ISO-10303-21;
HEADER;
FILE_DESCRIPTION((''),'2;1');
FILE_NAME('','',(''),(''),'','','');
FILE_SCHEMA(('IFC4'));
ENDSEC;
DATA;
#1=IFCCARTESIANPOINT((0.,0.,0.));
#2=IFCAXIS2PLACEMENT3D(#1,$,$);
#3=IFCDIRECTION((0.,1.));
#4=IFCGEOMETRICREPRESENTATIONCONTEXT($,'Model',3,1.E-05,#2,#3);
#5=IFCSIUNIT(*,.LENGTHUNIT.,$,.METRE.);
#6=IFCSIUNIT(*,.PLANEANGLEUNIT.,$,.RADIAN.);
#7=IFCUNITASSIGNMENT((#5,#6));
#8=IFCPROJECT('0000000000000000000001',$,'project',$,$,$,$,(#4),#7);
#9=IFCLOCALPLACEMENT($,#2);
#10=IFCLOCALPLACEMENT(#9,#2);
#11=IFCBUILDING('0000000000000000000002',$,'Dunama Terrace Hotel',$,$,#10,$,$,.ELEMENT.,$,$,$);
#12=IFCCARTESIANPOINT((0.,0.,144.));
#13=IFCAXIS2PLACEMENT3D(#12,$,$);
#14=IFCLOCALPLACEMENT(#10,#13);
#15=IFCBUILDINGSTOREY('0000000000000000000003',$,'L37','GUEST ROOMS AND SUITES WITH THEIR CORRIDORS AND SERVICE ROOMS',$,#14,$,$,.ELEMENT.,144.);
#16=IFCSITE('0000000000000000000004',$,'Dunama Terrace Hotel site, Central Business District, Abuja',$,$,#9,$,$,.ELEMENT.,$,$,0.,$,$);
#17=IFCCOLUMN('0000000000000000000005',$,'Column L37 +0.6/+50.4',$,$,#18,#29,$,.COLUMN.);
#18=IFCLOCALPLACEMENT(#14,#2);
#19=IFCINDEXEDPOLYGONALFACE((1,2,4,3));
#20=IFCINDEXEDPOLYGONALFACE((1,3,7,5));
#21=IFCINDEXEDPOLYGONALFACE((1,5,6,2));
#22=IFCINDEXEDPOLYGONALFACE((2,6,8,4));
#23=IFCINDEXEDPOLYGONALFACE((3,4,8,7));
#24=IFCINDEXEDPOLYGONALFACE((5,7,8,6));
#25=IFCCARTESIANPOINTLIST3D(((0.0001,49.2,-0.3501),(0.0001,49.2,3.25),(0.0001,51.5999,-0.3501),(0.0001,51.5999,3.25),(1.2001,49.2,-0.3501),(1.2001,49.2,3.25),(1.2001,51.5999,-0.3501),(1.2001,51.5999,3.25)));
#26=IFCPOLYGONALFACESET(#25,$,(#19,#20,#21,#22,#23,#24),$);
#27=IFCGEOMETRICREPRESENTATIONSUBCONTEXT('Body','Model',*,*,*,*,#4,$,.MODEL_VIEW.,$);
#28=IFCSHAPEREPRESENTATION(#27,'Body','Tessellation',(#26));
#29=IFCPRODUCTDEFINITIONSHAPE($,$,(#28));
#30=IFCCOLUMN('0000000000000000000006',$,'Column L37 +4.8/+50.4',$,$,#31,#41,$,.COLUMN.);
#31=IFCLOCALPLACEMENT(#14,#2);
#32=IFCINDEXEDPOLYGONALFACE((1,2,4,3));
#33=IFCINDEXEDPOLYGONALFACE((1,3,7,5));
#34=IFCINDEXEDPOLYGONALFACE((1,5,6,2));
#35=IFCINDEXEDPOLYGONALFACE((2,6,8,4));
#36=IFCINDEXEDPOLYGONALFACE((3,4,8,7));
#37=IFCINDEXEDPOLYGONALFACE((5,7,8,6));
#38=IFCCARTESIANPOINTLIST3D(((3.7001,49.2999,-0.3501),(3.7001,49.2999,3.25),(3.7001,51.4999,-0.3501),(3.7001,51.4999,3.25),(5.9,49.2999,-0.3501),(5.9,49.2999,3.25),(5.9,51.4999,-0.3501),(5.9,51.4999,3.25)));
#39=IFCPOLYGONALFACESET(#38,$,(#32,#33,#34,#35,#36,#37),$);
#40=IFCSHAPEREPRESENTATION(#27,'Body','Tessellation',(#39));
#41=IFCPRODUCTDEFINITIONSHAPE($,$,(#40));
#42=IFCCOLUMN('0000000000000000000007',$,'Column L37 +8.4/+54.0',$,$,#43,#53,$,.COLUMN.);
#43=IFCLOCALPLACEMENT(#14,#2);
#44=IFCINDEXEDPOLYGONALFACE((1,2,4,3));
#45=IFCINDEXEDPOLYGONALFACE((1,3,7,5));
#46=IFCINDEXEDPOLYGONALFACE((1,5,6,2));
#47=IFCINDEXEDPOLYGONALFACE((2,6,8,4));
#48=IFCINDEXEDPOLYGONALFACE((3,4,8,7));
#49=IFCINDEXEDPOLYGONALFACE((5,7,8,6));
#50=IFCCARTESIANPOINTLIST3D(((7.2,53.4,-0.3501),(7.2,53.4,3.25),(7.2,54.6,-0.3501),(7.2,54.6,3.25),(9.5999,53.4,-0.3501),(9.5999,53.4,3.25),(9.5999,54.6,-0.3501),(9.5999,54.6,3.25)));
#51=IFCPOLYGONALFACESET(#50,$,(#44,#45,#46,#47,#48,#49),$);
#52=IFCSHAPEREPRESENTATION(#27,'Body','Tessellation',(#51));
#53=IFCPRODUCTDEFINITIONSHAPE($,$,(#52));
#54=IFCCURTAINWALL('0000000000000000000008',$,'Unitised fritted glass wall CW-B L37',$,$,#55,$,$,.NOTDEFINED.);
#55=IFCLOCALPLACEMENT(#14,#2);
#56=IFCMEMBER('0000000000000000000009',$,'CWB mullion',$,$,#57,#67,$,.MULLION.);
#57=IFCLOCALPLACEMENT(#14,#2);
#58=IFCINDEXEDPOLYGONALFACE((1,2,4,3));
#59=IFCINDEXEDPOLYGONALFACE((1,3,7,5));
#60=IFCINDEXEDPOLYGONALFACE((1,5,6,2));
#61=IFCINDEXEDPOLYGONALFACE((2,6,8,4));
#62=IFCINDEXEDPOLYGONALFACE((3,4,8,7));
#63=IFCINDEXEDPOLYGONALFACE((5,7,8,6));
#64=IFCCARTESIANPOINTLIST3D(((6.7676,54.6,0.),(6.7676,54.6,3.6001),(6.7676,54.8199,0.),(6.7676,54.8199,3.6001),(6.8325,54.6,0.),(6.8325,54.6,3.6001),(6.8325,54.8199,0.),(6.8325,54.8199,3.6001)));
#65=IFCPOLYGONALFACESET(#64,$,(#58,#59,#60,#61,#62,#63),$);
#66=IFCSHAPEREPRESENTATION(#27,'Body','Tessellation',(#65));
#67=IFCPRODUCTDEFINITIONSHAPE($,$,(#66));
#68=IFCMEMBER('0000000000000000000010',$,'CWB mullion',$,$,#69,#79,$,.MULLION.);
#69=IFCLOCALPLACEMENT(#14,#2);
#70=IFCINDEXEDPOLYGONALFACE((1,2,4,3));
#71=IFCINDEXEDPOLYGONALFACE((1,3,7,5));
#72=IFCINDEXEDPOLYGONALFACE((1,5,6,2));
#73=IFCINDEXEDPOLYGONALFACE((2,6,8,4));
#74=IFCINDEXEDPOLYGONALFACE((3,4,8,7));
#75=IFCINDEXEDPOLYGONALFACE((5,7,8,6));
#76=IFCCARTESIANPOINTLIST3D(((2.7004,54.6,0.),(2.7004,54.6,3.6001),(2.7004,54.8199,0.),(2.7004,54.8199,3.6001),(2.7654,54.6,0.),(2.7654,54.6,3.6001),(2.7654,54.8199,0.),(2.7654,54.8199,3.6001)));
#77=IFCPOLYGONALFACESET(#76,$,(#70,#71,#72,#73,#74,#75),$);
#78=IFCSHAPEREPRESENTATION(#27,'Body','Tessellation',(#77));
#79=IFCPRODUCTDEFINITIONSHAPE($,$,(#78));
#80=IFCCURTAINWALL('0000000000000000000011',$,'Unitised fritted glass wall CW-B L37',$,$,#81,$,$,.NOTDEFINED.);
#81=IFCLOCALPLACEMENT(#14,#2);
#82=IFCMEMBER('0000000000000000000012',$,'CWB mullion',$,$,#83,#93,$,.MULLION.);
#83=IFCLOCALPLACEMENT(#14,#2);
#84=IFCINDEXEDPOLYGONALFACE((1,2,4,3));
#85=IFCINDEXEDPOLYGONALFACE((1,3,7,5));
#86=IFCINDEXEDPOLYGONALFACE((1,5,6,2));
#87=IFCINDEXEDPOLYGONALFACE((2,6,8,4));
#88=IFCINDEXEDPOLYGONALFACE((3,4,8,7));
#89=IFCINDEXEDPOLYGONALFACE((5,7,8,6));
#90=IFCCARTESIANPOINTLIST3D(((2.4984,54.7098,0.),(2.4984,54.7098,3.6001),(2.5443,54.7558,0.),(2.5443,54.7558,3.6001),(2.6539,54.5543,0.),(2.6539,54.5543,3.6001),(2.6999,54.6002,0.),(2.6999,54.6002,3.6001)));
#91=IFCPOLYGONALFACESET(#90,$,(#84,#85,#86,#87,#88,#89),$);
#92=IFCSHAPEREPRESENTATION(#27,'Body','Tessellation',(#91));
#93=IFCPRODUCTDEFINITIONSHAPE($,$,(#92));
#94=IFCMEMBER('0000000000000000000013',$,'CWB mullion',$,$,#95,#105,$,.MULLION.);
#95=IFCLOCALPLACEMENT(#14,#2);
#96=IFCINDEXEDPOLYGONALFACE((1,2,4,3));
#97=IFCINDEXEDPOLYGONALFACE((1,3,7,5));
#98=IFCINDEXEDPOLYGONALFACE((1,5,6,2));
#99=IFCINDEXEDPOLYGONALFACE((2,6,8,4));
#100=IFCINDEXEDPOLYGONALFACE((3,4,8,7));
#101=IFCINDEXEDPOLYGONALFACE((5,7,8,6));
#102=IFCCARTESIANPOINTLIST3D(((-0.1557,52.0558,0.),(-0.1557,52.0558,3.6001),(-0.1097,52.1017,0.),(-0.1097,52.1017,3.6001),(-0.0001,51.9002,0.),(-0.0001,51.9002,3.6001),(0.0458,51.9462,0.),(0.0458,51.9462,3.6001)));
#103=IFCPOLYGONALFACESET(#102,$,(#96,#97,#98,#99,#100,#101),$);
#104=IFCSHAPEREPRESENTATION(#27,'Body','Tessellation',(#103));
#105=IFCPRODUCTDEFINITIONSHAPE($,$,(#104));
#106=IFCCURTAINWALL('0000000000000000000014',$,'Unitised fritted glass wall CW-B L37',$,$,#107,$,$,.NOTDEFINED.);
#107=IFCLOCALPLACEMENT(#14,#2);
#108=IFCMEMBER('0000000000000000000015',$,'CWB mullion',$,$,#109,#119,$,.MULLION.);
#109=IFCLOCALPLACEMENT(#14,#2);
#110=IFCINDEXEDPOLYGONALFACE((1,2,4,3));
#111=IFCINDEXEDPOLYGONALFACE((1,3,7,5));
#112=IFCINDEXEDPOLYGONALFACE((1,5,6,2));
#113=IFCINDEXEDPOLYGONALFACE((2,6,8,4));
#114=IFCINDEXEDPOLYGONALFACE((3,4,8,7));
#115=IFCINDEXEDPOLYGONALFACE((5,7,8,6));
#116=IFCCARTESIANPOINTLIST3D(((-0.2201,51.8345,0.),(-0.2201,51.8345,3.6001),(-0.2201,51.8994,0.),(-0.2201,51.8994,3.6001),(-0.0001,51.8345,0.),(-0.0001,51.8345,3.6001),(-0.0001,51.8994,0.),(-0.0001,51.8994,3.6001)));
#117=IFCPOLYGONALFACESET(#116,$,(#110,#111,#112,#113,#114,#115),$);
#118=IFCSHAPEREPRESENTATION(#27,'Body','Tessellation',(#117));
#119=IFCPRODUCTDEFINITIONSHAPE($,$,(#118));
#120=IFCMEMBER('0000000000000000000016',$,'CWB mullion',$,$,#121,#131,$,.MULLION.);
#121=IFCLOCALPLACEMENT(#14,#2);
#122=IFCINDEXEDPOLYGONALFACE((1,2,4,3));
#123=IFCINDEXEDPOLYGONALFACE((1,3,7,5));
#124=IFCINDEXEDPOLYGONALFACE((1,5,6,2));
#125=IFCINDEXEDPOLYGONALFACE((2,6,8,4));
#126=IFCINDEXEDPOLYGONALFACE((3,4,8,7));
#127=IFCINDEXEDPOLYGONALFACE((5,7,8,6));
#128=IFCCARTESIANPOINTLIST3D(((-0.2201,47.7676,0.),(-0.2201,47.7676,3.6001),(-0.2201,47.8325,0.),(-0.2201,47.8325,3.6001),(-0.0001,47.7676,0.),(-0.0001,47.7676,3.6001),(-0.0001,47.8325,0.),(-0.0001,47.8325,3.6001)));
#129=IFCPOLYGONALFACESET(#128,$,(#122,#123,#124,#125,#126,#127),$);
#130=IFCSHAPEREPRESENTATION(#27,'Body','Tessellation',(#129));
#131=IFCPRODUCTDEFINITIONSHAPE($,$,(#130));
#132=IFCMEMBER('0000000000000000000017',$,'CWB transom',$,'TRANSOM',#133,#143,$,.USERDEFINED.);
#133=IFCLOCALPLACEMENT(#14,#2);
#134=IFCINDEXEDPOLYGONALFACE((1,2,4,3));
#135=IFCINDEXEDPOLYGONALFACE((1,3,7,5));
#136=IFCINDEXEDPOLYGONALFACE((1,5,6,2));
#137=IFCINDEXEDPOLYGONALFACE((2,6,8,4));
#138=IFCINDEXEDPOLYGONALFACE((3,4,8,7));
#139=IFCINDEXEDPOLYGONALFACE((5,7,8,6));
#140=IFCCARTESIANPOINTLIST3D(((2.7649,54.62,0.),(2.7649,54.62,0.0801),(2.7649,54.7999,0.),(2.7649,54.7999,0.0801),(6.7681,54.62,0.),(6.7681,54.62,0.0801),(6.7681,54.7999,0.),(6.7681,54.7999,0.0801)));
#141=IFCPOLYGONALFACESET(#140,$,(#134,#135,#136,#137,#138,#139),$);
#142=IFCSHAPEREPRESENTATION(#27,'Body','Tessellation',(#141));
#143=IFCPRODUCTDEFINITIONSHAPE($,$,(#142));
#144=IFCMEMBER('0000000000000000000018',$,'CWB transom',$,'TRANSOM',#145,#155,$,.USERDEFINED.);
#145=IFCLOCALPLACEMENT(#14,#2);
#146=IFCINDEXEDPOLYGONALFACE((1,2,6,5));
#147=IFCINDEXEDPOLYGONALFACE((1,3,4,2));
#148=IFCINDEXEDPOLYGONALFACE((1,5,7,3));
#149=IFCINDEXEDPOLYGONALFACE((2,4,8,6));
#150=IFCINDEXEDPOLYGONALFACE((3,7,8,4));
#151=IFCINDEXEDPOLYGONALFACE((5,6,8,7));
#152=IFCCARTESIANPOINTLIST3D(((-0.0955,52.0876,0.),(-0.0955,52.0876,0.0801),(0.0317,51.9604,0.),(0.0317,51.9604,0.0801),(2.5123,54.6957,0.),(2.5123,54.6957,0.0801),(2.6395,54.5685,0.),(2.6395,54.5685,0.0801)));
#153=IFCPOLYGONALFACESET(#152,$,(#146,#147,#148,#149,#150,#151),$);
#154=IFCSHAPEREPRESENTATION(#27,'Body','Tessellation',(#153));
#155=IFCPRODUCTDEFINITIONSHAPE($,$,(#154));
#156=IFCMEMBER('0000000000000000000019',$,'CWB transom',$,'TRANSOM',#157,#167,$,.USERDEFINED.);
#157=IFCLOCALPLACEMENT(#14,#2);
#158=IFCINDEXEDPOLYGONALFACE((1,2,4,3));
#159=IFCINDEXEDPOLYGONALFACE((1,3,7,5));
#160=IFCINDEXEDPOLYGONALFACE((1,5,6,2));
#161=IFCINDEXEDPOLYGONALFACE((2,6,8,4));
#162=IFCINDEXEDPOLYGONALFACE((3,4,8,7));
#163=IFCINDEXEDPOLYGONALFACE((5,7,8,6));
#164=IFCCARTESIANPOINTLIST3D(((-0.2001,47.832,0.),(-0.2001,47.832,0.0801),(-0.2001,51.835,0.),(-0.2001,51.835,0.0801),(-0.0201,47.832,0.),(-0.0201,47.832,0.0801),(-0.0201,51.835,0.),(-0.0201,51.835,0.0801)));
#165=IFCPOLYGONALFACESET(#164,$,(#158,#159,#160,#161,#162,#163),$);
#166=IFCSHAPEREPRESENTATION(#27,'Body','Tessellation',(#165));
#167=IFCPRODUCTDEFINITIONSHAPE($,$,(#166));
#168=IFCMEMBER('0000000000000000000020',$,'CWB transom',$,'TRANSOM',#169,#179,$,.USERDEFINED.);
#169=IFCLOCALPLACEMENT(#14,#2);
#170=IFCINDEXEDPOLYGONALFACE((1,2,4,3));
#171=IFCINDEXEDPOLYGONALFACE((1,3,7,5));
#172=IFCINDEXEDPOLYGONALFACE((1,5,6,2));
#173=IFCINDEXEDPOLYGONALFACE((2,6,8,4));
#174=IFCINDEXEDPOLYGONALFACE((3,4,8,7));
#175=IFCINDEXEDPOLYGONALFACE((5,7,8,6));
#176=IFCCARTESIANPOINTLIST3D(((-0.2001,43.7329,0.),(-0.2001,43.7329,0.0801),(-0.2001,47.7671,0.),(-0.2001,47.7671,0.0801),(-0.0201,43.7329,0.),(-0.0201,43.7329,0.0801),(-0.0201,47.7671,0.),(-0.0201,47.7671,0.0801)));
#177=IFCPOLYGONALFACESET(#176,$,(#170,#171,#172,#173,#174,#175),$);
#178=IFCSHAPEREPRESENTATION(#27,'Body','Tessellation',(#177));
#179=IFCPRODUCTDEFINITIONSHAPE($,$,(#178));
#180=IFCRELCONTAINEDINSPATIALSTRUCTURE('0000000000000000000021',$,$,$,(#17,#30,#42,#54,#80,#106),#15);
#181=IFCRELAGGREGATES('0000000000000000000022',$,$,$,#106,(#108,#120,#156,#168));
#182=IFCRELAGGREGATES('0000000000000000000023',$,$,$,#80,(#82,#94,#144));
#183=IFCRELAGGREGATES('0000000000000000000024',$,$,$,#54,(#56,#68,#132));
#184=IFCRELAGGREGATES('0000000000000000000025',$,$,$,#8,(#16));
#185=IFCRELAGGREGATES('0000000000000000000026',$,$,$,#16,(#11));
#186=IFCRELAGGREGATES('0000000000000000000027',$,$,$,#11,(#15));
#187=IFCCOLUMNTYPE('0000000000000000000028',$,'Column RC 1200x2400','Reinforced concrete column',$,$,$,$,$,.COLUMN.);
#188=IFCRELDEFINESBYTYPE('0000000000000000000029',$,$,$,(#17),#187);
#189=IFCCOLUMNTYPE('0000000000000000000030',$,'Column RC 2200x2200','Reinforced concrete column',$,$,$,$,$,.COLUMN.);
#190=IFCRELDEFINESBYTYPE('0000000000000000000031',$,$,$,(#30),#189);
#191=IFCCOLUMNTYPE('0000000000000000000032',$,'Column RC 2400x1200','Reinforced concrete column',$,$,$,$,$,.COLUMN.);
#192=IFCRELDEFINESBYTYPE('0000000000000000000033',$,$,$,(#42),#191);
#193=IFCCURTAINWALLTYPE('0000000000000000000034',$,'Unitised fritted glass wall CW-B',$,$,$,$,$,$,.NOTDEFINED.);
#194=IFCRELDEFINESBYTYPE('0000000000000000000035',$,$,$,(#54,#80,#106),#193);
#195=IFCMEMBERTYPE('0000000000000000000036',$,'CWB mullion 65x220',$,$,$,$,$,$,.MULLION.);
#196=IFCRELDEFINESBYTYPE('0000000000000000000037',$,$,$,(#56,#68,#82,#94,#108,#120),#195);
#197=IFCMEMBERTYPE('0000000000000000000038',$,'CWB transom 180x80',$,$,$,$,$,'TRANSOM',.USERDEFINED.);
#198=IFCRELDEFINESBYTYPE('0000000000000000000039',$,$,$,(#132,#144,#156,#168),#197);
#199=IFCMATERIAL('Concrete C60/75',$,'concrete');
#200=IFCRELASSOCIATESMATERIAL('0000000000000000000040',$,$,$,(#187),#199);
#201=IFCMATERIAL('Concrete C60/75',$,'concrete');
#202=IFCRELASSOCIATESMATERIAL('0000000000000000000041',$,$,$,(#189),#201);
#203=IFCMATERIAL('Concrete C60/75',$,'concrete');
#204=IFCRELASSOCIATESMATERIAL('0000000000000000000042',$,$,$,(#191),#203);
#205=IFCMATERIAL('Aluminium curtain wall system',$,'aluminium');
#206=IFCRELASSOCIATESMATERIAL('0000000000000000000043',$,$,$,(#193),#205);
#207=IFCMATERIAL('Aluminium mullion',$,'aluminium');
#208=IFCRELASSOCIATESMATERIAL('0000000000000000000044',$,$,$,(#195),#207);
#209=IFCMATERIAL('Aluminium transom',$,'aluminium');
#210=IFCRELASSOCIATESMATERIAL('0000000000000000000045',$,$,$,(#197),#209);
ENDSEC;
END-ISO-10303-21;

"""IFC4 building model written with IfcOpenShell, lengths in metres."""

from ifc_helpers import new_model, si_unit, direction, frame, origin, origin_2d, place, context, subcontext, project, spatial, rectangle, extrude, material, material_profile, profile_set, type_object, element, aggregate, save


model = new_model("IFC4")

# Units and contexts
model_context = context("Model", 3, precision=1e-05, world=origin(), true_north=direction((0.0, 1.0)))
body_context = subcontext(model_context, "Body", "Model", "MODEL_VIEW")
ifc_project = project(units=[si_unit("LENGTHUNIT", "METRE"), si_unit("PLANEANGLEUNIT", "RADIAN")], contexts=[model_context])

# Site, building, storey
site_placement = place(None, origin())
site = spatial("IfcSite", under=ifc_project, at=site_placement, Name="Dunama Terrace Hotel site, Central Business District, Abuja", CompositionType="ELEMENT", RefElevation=0.0)
building_placement = place(site_placement, origin())
building = spatial("IfcBuilding", under=site, at=building_placement, Name="Dunama Terrace Hotel", CompositionType="ELEMENT")
storey_placement = place(building_placement, frame((0.0, 0.0, 144.0)))
storey = spatial("IfcBuildingStorey", under=building, at=storey_placement, Name="L37", Description="GUEST ROOMS AND SUITES WITH THEIR CORRIDORS AND SERVICE ROOMS", CompositionType="ELEMENT", Elevation=144.0)

# Columns
ifc_material_1 = material(Name="Concrete C60/75", Category="concrete")
ifc_material_profile_1 = material_profile(ifc_material_1, rectangle(XDim=1.2, YDim=2.3999, at=origin_2d()), Name="RC 1200x2400")
ifc_profile_set_1 = profile_set([ifc_material_profile_1], Name="Concrete C60/75")
column_type_1 = type_object("IfcColumnType", Name="Column RC 1200x2400", Description="Reinforced concrete column", PredefinedType="COLUMN", material=ifc_profile_set_1)
column_1_placement = place(storey_placement, frame((0.6001, 50.3999, -0.3501), z_axis=(0.0, 0.0, 1.0), x_axis=(1.0, 0.0, 0.0)))
element("IfcColumn", 1, at=column_1_placement, inside=storey, type_object=column_type_1, Name="Column L37 +0.6/+50.4", PredefinedType="COLUMN", context=body_context, shape_type="SweptSolid", body=[
    extrude(rectangle(XDim=1.2, YDim=2.3999, at=origin_2d()), origin(), (0.0, 0.0, 1.0), 3.6001),
])
ifc_material_2 = material(Name="Concrete C60/75", Category="concrete")
ifc_material_profile_2 = material_profile(ifc_material_2, rectangle(XDim=2.2, YDim=2.2, at=origin_2d()), Name="RC 2200x2200")
ifc_profile_set_2 = profile_set([ifc_material_profile_2], Name="Concrete C60/75")
column_type_2 = type_object("IfcColumnType", Name="Column RC 2200x2200", Description="Reinforced concrete column", PredefinedType="COLUMN", material=ifc_profile_set_2)
column_2_placement = place(storey_placement, frame((4.8, 50.3999, -0.3501), z_axis=(0.0, 0.0, 1.0), x_axis=(1.0, 0.0, 0.0)))
element("IfcColumn", 2, at=column_2_placement, inside=storey, type_object=column_type_2, Name="Column L37 +4.8/+50.4", PredefinedType="COLUMN", context=body_context, shape_type="SweptSolid", body=[
    extrude(rectangle(XDim=2.2, YDim=2.2, at=origin_2d()), origin(), (0.0, 0.0, 1.0), 3.6001),
])
ifc_material_3 = material(Name="Concrete C60/75", Category="concrete")
ifc_material_profile_3 = material_profile(ifc_material_3, rectangle(XDim=2.3999, YDim=1.2, at=origin_2d()), Name="RC 2400x1200")
ifc_profile_set_3 = profile_set([ifc_material_profile_3], Name="Concrete C60/75")
column_type_3 = type_object("IfcColumnType", Name="Column RC 2400x1200", Description="Reinforced concrete column", PredefinedType="COLUMN", material=ifc_profile_set_3)
column_3_placement = place(storey_placement, frame((8.3999, 54.0, -0.3501), z_axis=(0.0, 0.0, 1.0), x_axis=(1.0, 0.0, 0.0)))
element("IfcColumn", 3, at=column_3_placement, inside=storey, type_object=column_type_3, Name="Column L37 +8.4/+54.0", PredefinedType="COLUMN", context=body_context, shape_type="SweptSolid", body=[
    extrude(rectangle(XDim=2.3999, YDim=1.2, at=origin_2d()), origin(), (0.0, 0.0, 1.0), 3.6001),
])

# Curtain walls, members
ifc_material_4 = material(Name="Aluminium curtain wall system", Category="aluminium")
curtain_wall_type = type_object("IfcCurtainWallType", Name="Unitised fritted glass wall CW-B", PredefinedType="NOTDEFINED", material=ifc_material_4)
curtain_wall_1_placement = place(storey_placement, origin())
curtain_wall_1 = element("IfcCurtainWall", 4, at=curtain_wall_1_placement, inside=storey, type_object=curtain_wall_type, Name="Unitised fritted glass wall CW-B L37", PredefinedType="NOTDEFINED")
ifc_material_5 = material(Name="Aluminium mullion", Category="aluminium")
ifc_material_profile_4 = material_profile(ifc_material_5, rectangle(XDim=0.0649, YDim=0.22, at=origin_2d()), Name="CWB MULLION 65X220")
ifc_profile_set_4 = profile_set([ifc_material_profile_4], Name="Aluminium mullion")
member_type_1 = type_object("IfcMemberType", Name="CWB mullion 65x220", PredefinedType="MULLION", material=ifc_profile_set_4)
member_1_placement = place(storey_placement, frame((6.8, 54.71, 0.0), z_axis=(0.0, 0.0, 1.0), x_axis=(-1.0, 0.0, 0.0)))
member_1 = element("IfcMember", 5, at=member_1_placement, type_object=member_type_1, Name="CWB mullion", PredefinedType="MULLION", context=body_context, shape_type="SweptSolid", body=[
    extrude(rectangle(XDim=0.0649, YDim=0.22, at=origin_2d()), origin(), (0.0, 0.0, 1.0), 3.6001),
])
member_2_placement = place(storey_placement, frame((2.7329, 54.71, 0.0), z_axis=(0.0, 0.0, 1.0), x_axis=(-1.0, 0.0, 0.0)))
member_2 = element("IfcMember", 6, at=member_2_placement, type_object=member_type_1, Name="CWB mullion", PredefinedType="MULLION", context=body_context, shape_type="SweptSolid", body=[
    extrude(rectangle(XDim=0.0649, YDim=0.22, at=origin_2d()), origin(), (0.0, 0.0, 1.0), 3.6001),
])
curtain_wall_2_placement = place(storey_placement, origin())
curtain_wall_2 = element("IfcCurtainWall", 7, at=curtain_wall_2_placement, inside=storey, type_object=curtain_wall_type, Name="Unitised fritted glass wall CW-B L37", PredefinedType="NOTDEFINED")
member_3_placement = place(storey_placement, frame((2.5991, 54.655, 0.0), z_axis=(0.0, 0.0, 1.0), x_axis=(-0.707107, -0.707107, 0.0)))
member_3 = element("IfcMember", 8, at=member_3_placement, type_object=member_type_1, Name="CWB mullion", PredefinedType="MULLION", context=body_context, shape_type="SweptSolid", body=[
    extrude(rectangle(XDim=0.0649, YDim=0.22, at=origin_2d()), origin(), (0.0, 0.0, 1.0), 3.6001),
])
member_4_placement = place(storey_placement, frame((-0.0549, 52.001, 0.0), z_axis=(0.0, 0.0, 1.0), x_axis=(-0.707107, -0.707107, 0.0)))
member_4 = element("IfcMember", 9, at=member_4_placement, type_object=member_type_1, Name="CWB mullion", PredefinedType="MULLION", context=body_context, shape_type="SweptSolid", body=[
    extrude(rectangle(XDim=0.0649, YDim=0.22, at=origin_2d()), origin(), (0.0, 0.0, 1.0), 3.6001),
])
curtain_wall_3_placement = place(storey_placement, origin())
curtain_wall_3 = element("IfcCurtainWall", 10, at=curtain_wall_3_placement, inside=storey, type_object=curtain_wall_type, Name="Unitised fritted glass wall CW-B L37", PredefinedType="NOTDEFINED")
member_5_placement = place(storey_placement, frame((-0.1101, 51.8669, 0.0), z_axis=(0.0, 0.0, 1.0), x_axis=(0.0, -1.0, 0.0)))
member_5 = element("IfcMember", 11, at=member_5_placement, type_object=member_type_1, Name="CWB mullion", PredefinedType="MULLION", context=body_context, shape_type="SweptSolid", body=[
    extrude(rectangle(XDim=0.0649, YDim=0.22, at=origin_2d()), origin(), (0.0, 0.0, 1.0), 3.6001),
])
member_6_placement = place(storey_placement, frame((-0.1101, 47.8, 0.0), z_axis=(0.0, 0.0, 1.0), x_axis=(0.0, -1.0, 0.0)))
member_6 = element("IfcMember", 12, at=member_6_placement, type_object=member_type_1, Name="CWB mullion", PredefinedType="MULLION", context=body_context, shape_type="SweptSolid", body=[
    extrude(rectangle(XDim=0.0649, YDim=0.22, at=origin_2d()), origin(), (0.0, 0.0, 1.0), 3.6001),
])

# Members
ifc_material_6 = material(Name="Aluminium transom", Category="aluminium")
ifc_material_profile_5 = material_profile(ifc_material_6, rectangle(XDim=0.1799, YDim=0.0801, at=origin_2d()), Name="CWB TRANSOM 180X80")
ifc_profile_set_5 = profile_set([ifc_material_profile_5], Name="Aluminium transom")
member_type_2 = type_object("IfcMemberType", Name="CWB transom 180x80", ElementType="TRANSOM", PredefinedType="USERDEFINED", material=ifc_profile_set_5)
member_7_placement = place(storey_placement, frame((6.7681, 54.71, 0.04), z_axis=(-1.0, 0.0, 0.0), x_axis=(0.0, -1.0, 0.0)))
member_7 = element("IfcMember", 13, at=member_7_placement, type_object=member_type_2, Name="CWB transom", ObjectType="TRANSOM", PredefinedType="USERDEFINED", context=body_context, shape_type="SweptSolid", body=[
    extrude(rectangle(XDim=0.1799, YDim=0.0801, at=origin_2d()), origin(), (0.0, 0.0, 1.0), 4.0032),
])
member_8_placement = place(storey_placement, frame((2.5759, 54.6321, 0.04), z_axis=(-0.707074, -0.70714, 0.0), x_axis=(0.70714, -0.707074, 0.0)))
member_8 = element("IfcMember", 14, at=member_8_placement, type_object=member_type_2, Name="CWB transom", ObjectType="TRANSOM", PredefinedType="USERDEFINED", context=body_context, shape_type="SweptSolid", body=[
    extrude(rectangle(XDim=0.1799, YDim=0.0801, at=origin_2d()), origin(), (0.0, 0.0, 1.0), 3.6882),
])
member_9_placement = place(storey_placement, frame((-0.1101, 51.835, 0.04), z_axis=(0.0, -1.0, 0.0), x_axis=(1.0, 0.0, 0.0)))
member_9 = element("IfcMember", 15, at=member_9_placement, type_object=member_type_2, Name="CWB transom", ObjectType="TRANSOM", PredefinedType="USERDEFINED", context=body_context, shape_type="SweptSolid", body=[
    extrude(rectangle(XDim=0.1799, YDim=0.0801, at=origin_2d()), origin(), (0.0, 0.0, 1.0), 4.0029),
])
member_10_placement = place(storey_placement, frame((-0.1101, 47.7671, 0.04), z_axis=(0.0, -1.0, 0.0), x_axis=(1.0, 0.0, 0.0)))
member_10 = element("IfcMember", 16, at=member_10_placement, type_object=member_type_2, Name="CWB transom", ObjectType="TRANSOM", PredefinedType="USERDEFINED", context=body_context, shape_type="SweptSolid", body=[
    extrude(rectangle(XDim=0.1799, YDim=0.0801, at=origin_2d()), origin(), (0.0, 0.0, 1.0), 4.0342),
])

aggregate(curtain_wall_3, [member_5, member_6, member_9, member_10])
aggregate(curtain_wall_2, [member_3, member_4, member_8])
aggregate(curtain_wall_1, [member_1, member_2, member_7])

save(model, "model.ifc")
